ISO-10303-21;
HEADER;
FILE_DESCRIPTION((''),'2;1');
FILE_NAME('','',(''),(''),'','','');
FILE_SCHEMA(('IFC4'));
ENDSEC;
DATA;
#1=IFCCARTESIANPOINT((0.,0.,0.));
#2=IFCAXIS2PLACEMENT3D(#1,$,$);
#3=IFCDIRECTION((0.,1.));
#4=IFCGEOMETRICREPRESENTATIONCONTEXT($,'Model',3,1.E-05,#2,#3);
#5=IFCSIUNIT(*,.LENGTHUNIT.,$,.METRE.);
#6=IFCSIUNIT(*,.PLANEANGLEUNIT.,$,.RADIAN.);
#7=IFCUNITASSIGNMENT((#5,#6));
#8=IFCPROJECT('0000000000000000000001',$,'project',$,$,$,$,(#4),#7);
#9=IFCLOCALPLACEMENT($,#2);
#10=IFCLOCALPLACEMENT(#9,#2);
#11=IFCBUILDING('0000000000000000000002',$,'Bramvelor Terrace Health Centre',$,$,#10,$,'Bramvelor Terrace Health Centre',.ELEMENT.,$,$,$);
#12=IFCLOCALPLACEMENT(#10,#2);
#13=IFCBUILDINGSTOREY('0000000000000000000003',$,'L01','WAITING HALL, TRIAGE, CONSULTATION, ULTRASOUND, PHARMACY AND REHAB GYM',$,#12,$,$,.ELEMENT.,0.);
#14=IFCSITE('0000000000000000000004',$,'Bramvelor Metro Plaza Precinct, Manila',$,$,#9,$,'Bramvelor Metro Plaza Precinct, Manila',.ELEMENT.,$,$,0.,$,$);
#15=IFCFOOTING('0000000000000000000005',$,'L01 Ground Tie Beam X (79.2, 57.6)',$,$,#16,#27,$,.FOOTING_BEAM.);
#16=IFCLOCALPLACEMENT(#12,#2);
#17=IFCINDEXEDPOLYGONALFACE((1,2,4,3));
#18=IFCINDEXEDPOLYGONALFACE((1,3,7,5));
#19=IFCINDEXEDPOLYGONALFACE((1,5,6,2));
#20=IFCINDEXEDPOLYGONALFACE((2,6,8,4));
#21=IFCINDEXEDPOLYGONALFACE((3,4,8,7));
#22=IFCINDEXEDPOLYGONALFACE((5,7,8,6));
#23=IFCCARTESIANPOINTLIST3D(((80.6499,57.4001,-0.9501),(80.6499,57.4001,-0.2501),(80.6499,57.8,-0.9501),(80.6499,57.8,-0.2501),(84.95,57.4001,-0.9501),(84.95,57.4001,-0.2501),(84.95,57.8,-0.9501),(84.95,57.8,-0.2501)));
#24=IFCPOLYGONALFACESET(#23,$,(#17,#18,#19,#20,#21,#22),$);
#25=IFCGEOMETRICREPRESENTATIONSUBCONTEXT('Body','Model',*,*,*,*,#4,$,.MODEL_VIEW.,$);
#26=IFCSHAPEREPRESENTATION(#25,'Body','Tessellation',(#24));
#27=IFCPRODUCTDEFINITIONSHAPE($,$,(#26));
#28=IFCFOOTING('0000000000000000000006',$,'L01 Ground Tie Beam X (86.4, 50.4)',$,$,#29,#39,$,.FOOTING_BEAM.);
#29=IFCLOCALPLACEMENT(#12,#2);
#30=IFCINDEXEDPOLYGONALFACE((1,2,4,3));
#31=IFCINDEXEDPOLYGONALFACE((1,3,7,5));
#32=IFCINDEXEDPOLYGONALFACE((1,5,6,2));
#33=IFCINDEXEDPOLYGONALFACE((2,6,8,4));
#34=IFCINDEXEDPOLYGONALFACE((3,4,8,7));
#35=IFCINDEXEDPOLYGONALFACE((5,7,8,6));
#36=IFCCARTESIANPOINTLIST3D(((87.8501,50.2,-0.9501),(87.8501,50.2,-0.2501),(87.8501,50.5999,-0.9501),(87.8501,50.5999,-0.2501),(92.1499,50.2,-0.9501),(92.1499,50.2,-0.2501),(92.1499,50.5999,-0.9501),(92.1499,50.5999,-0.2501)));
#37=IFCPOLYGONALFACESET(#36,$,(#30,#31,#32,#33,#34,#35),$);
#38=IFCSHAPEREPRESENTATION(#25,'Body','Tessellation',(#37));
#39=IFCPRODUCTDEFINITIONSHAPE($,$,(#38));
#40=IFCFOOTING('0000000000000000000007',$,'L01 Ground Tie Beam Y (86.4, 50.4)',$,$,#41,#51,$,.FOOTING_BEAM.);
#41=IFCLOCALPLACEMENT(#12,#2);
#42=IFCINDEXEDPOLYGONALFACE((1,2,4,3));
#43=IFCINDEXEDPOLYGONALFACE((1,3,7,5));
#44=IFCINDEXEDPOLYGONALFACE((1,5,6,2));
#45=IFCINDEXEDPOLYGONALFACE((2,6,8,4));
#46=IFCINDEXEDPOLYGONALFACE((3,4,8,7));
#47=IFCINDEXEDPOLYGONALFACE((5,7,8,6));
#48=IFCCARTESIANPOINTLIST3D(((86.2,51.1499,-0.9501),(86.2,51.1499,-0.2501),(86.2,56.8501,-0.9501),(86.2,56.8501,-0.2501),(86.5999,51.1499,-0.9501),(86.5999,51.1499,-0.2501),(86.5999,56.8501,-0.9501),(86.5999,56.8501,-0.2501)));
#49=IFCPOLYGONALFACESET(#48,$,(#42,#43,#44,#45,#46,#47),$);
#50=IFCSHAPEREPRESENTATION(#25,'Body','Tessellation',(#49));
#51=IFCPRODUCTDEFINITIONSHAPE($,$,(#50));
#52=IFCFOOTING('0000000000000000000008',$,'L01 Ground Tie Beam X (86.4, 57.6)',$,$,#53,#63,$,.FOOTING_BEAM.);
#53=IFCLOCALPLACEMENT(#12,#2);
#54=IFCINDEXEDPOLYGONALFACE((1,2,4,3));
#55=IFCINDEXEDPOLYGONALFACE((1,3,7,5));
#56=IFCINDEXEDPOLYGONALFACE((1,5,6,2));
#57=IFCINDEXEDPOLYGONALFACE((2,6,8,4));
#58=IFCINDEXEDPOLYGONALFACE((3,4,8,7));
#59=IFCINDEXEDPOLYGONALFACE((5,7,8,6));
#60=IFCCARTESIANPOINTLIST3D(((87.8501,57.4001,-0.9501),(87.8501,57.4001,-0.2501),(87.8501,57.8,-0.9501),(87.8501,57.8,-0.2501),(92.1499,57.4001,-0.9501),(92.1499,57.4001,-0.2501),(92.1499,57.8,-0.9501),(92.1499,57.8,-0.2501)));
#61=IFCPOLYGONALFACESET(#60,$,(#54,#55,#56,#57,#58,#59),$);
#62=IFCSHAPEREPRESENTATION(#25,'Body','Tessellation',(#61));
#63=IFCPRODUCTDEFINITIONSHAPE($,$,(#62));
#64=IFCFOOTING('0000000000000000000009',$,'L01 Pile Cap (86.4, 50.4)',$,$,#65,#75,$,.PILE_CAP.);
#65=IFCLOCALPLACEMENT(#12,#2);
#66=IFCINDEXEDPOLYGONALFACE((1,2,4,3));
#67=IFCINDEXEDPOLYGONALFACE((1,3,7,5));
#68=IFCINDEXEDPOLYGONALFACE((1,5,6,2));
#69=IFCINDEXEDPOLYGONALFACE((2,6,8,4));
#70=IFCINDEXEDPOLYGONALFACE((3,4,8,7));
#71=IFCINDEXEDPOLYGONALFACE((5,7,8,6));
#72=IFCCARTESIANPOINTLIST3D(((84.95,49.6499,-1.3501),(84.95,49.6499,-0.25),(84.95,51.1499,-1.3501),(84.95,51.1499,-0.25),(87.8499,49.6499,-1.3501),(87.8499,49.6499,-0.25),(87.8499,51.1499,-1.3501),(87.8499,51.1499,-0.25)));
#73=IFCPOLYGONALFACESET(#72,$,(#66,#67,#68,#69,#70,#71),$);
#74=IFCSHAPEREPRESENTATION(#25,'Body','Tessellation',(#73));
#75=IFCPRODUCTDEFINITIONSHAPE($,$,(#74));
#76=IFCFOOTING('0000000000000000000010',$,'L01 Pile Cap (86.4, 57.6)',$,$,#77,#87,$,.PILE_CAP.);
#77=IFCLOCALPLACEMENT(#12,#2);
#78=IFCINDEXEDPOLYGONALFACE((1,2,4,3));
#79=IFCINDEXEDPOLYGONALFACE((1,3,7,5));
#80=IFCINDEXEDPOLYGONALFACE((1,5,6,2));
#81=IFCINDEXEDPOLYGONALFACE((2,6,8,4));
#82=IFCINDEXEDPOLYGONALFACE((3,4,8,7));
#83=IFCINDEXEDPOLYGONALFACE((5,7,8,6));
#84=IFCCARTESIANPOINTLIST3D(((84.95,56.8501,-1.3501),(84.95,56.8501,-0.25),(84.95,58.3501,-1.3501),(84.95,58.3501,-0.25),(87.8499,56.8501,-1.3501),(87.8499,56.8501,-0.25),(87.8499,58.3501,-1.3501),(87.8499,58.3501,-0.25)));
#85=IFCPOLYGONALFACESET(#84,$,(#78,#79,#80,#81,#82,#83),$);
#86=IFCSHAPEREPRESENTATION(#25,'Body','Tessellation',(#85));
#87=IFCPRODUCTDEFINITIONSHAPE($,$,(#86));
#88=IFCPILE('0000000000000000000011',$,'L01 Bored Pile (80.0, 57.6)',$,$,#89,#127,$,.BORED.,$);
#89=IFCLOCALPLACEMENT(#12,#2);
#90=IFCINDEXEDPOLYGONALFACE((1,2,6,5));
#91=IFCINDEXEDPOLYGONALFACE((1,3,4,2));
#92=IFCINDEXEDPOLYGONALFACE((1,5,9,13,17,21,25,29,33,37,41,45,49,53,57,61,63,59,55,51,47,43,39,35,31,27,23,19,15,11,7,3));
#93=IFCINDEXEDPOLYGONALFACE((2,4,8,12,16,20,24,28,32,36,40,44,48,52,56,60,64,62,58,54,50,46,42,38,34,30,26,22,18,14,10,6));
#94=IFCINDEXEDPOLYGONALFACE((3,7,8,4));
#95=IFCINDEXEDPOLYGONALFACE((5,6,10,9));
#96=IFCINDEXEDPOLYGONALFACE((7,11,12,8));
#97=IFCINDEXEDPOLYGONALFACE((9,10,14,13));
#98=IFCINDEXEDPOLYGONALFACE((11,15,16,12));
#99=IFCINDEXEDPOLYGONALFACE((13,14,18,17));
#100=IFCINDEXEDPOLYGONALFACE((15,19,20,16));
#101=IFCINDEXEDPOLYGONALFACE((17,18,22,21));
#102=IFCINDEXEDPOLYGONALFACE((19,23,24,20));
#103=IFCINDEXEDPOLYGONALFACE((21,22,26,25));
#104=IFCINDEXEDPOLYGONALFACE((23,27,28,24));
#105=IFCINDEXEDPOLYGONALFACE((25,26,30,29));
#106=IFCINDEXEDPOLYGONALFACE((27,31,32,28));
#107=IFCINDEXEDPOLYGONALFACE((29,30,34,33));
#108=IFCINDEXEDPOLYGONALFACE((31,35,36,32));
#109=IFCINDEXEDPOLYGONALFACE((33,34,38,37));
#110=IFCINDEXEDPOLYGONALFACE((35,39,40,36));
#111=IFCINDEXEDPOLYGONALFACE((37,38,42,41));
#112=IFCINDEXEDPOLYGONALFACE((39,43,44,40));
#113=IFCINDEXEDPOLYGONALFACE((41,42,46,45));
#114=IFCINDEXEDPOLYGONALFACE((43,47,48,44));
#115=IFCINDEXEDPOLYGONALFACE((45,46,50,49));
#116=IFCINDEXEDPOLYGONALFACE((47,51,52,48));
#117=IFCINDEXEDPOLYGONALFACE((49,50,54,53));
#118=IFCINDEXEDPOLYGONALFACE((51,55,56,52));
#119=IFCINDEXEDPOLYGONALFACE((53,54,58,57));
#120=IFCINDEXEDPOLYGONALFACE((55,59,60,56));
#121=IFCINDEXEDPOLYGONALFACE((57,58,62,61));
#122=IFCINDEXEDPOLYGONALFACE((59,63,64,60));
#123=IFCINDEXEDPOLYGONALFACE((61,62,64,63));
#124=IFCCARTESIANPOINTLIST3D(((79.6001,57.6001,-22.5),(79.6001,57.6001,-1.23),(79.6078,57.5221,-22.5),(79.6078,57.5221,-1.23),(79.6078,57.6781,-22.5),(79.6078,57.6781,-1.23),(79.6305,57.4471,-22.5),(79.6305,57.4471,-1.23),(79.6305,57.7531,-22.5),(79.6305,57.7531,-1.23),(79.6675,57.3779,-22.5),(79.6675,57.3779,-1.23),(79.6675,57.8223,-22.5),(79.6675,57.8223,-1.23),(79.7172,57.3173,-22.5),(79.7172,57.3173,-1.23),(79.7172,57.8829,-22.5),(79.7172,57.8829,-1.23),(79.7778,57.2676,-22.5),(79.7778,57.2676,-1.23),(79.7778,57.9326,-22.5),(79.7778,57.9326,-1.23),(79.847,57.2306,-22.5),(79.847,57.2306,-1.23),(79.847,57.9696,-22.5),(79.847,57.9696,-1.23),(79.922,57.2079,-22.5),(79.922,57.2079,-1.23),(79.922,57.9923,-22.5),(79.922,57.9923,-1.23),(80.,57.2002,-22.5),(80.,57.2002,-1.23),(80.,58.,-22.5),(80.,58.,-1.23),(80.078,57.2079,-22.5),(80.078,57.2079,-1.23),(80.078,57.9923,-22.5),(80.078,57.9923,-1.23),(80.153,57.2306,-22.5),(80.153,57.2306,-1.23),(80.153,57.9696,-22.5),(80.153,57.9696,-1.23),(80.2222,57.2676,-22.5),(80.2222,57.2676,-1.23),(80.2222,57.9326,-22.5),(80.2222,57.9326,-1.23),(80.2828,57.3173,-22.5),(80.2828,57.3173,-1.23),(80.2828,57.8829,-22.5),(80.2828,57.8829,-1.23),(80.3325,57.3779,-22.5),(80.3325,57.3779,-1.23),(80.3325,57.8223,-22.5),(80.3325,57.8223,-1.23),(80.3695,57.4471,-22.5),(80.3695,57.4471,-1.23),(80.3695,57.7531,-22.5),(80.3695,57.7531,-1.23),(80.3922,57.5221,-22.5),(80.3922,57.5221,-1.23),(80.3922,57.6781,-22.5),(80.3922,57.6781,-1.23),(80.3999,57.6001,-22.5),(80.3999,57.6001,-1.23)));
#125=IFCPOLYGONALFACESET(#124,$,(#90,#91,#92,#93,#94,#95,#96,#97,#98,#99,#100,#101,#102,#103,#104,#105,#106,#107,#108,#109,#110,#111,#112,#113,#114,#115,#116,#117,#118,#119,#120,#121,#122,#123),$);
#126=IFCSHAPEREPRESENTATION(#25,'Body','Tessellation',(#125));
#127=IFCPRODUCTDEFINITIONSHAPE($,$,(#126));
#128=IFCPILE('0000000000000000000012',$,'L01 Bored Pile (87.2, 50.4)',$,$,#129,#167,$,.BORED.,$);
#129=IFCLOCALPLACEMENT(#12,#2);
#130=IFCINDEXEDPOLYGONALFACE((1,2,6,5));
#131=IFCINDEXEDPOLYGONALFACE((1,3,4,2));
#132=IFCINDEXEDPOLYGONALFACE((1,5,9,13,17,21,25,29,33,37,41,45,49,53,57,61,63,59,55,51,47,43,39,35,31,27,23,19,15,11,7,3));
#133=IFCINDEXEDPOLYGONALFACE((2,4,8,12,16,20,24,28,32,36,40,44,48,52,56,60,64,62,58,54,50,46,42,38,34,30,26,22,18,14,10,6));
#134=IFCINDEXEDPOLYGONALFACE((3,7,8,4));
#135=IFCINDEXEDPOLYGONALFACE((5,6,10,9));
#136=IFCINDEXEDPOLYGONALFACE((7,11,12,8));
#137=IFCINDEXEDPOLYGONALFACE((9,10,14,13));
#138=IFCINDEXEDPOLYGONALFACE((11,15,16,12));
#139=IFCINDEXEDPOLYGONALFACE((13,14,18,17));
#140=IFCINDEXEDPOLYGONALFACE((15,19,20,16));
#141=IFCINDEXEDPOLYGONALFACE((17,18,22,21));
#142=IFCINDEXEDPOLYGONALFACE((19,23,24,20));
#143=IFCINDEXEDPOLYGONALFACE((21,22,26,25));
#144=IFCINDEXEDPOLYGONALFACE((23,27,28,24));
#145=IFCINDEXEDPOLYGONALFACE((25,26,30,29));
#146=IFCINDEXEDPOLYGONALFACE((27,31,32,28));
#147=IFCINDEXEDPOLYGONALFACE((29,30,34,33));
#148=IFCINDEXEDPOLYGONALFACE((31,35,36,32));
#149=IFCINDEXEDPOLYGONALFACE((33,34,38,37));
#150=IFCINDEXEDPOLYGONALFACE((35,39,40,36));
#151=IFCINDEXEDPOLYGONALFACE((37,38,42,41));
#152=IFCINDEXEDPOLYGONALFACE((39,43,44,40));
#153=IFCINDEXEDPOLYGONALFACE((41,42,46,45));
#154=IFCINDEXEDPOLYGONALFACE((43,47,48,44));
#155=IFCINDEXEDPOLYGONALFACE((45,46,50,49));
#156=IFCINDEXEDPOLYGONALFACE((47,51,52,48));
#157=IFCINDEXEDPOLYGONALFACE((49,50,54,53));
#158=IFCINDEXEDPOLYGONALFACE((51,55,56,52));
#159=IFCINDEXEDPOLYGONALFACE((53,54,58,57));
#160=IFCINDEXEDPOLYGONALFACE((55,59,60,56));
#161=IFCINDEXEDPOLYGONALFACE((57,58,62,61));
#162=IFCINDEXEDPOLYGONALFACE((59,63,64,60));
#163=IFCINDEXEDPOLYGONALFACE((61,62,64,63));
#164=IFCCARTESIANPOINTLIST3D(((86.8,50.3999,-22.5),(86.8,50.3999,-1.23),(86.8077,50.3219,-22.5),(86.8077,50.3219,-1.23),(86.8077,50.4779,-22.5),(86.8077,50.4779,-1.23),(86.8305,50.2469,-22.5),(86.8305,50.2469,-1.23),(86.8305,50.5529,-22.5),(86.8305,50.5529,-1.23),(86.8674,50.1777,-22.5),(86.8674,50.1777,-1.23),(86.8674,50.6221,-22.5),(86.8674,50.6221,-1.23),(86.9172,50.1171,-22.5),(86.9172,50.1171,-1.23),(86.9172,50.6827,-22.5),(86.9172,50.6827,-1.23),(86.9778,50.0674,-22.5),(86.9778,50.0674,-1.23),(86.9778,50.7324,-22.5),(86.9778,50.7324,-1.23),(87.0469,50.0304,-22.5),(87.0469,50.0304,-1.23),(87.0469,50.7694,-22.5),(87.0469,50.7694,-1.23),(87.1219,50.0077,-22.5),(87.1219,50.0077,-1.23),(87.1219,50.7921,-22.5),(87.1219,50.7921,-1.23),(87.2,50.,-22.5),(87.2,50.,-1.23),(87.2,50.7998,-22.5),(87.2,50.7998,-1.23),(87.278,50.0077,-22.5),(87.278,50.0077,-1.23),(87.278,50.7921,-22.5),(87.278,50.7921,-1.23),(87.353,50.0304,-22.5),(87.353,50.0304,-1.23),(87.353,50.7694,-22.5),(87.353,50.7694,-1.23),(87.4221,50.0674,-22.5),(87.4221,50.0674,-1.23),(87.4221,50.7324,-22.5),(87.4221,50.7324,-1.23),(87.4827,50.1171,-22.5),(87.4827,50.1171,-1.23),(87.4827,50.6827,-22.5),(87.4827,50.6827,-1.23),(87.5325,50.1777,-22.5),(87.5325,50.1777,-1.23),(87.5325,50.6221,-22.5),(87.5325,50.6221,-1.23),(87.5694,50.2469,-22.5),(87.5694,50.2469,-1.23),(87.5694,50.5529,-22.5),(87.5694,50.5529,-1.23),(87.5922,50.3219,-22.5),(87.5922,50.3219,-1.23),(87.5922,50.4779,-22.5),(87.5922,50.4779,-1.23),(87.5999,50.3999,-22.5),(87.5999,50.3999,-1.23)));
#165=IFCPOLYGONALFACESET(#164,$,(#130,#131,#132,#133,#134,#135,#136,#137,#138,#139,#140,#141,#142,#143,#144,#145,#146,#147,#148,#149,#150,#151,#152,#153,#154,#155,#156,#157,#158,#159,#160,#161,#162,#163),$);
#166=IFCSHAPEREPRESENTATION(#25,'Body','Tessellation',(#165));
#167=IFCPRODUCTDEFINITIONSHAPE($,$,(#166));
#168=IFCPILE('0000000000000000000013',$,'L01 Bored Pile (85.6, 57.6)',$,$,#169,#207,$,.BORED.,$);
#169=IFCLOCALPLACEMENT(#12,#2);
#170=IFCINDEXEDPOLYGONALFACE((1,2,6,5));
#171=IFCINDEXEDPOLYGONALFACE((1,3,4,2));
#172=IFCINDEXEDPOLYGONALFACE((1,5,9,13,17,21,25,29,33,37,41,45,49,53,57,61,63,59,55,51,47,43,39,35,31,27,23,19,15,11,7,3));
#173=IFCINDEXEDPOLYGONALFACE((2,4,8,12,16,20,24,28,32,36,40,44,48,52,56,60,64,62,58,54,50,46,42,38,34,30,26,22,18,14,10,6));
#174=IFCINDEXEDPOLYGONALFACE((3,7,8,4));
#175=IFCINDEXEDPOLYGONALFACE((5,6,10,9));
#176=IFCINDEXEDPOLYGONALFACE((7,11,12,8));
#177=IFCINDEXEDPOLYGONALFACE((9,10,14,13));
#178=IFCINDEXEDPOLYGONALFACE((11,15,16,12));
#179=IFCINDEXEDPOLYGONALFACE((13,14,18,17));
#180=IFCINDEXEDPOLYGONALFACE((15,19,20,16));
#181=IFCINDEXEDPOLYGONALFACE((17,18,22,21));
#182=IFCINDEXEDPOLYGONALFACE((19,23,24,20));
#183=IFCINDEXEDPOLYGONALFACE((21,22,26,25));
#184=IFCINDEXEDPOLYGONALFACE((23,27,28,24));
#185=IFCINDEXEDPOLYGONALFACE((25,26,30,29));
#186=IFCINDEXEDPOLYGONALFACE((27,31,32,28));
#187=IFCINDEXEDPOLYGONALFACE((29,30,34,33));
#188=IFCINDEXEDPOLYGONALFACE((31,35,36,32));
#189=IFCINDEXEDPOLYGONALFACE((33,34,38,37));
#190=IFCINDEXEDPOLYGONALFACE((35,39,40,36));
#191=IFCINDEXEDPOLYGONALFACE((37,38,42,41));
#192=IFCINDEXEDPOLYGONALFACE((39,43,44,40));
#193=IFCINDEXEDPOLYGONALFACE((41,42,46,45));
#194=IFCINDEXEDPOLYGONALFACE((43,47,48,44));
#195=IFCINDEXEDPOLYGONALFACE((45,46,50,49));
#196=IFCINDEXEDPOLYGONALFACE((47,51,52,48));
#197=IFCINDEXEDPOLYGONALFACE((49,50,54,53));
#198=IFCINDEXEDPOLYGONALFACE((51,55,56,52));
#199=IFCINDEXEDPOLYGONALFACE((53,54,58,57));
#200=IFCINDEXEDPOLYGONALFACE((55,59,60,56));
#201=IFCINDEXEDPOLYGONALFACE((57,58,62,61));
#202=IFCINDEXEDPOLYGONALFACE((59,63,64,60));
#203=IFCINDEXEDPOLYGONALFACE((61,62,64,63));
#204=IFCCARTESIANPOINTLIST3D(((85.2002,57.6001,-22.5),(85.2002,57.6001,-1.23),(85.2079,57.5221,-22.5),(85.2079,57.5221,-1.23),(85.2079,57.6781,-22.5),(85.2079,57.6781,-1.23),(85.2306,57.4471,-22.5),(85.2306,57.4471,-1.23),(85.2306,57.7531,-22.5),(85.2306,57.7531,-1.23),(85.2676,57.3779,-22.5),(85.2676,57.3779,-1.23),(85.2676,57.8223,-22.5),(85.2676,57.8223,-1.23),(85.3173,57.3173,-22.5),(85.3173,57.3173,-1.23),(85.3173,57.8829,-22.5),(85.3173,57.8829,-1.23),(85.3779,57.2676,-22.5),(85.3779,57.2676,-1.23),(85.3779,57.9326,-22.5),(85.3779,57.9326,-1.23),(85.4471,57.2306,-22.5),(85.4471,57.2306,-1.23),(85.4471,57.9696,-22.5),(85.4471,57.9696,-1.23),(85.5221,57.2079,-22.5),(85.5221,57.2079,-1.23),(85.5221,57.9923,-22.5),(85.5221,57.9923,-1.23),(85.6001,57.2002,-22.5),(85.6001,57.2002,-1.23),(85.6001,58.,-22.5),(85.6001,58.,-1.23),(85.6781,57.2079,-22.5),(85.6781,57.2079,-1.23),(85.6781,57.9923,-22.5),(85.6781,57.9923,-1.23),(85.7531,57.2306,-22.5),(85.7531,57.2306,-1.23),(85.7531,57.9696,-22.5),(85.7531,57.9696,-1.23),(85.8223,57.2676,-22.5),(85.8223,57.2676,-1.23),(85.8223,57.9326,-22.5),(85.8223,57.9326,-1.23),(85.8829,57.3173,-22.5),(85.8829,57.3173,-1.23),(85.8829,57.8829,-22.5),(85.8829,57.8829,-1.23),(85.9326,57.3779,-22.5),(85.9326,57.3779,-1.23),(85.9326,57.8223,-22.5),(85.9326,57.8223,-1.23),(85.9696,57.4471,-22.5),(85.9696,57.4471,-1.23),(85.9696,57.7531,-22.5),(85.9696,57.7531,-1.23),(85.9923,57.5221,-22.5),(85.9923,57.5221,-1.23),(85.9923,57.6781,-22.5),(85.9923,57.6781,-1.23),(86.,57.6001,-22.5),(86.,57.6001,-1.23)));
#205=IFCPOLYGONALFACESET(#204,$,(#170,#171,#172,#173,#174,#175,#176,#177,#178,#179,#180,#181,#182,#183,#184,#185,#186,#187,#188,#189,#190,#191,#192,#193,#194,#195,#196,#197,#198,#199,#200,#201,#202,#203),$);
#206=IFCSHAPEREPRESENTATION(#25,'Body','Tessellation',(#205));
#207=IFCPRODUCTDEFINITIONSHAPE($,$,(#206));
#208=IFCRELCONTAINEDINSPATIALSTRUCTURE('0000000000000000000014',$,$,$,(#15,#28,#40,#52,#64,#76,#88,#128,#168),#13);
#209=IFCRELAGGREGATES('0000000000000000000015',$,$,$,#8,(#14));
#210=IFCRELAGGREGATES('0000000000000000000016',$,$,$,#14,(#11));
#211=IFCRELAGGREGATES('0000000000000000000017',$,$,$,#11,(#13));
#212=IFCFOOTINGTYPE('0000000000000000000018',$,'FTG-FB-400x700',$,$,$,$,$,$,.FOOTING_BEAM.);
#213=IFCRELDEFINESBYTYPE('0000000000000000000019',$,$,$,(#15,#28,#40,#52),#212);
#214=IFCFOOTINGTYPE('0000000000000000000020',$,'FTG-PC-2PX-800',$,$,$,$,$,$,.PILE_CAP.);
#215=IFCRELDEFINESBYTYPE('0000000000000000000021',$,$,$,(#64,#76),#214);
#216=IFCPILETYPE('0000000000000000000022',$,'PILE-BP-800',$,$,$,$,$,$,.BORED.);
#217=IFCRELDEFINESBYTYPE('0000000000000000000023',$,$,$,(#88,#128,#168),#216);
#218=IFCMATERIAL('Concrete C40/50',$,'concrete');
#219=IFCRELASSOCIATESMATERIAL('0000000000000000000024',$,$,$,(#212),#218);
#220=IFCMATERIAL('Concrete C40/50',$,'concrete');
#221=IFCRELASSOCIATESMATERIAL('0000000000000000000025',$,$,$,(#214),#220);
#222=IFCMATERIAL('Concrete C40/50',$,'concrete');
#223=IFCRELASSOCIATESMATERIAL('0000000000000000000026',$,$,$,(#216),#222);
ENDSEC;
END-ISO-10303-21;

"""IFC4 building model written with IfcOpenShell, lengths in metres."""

from ifc_helpers import new_model, si_unit, direction, frame, origin, origin_2d, place, context, subcontext, project, spatial, rectangle, circle, extrude, material, material_profile, profile_set, type_object, element, save


model = new_model("IFC4")

# Units and contexts
model_context = context("Model", 3, precision=1e-05, world=origin(), true_north=direction((0.0, 1.0)))
body_context = subcontext(model_context, "Body", "Model", "MODEL_VIEW")
ifc_project = project(units=[si_unit("LENGTHUNIT", "METRE"), si_unit("PLANEANGLEUNIT", "RADIAN")], contexts=[model_context])

# Site, building, storey
site_placement = place(None, origin())
site = spatial("IfcSite", under=ifc_project, at=site_placement, Name="Bramvelor Metro Plaza Precinct, Manila", LongName="Bramvelor Metro Plaza Precinct, Manila", CompositionType="ELEMENT", RefElevation=0.0)
building_placement = place(site_placement, origin())
building = spatial("IfcBuilding", under=site, at=building_placement, Name="Bramvelor Terrace Health Centre", LongName="Bramvelor Terrace Health Centre", CompositionType="ELEMENT")
storey_placement = place(building_placement, origin())
storey = spatial("IfcBuildingStorey", under=building, at=storey_placement, Name="L01", Description="WAITING HALL, TRIAGE, CONSULTATION, ULTRASOUND, PHARMACY AND REHAB GYM", CompositionType="ELEMENT", Elevation=0.0)

# Footings
ifc_material_1 = material(Name="Concrete C40/50", Category="concrete")
ifc_material_profile_1 = material_profile(ifc_material_1, rectangle(XDim=0.3999, YDim=0.7, at=origin_2d()), Name="RC 400x700")
ifc_profile_set_1 = profile_set([ifc_material_profile_1], Name="Concrete C40/50")
footing_type_1 = type_object("IfcFootingType", Name="FTG-FB-400x700", PredefinedType="FOOTING_BEAM", material=ifc_profile_set_1)
footing_1_placement = place(storey_placement, frame((80.6499, 57.6001, -0.6001), z_axis=(1.0, 0.0, 0.0), x_axis=(0.0, 1.0, 0.0)))
element("IfcFooting", 1, at=footing_1_placement, inside=storey, type_object=footing_type_1, Name="L01 Ground Tie Beam X (79.2, 57.6)", PredefinedType="FOOTING_BEAM", context=body_context, shape_type="SweptSolid", body=[
    extrude(rectangle(XDim=0.3999, YDim=0.7, at=origin_2d()), origin(), (0.0, 0.0, 1.0), 4.3),
])
footing_2_placement = place(storey_placement, frame((87.8501, 50.3999, -0.6001), z_axis=(1.0, 0.0, 0.0), x_axis=(0.0, 1.0, 0.0)))
element("IfcFooting", 2, at=footing_2_placement, inside=storey, type_object=footing_type_1, Name="L01 Ground Tie Beam X (86.4, 50.4)", PredefinedType="FOOTING_BEAM", context=body_context, shape_type="SweptSolid", body=[
    extrude(rectangle(XDim=0.3999, YDim=0.7, at=origin_2d()), origin(), (0.0, 0.0, 1.0), 4.2998),
])
footing_3_placement = place(storey_placement, frame((86.3999, 51.1499, -0.6001), z_axis=(0.0, 1.0, 0.0), x_axis=(-1.0, 0.0, 0.0)))
element("IfcFooting", 3, at=footing_3_placement, inside=storey, type_object=footing_type_1, Name="L01 Ground Tie Beam Y (86.4, 50.4)", PredefinedType="FOOTING_BEAM", context=body_context, shape_type="SweptSolid", body=[
    extrude(rectangle(XDim=0.3999, YDim=0.7, at=origin_2d()), origin(), (0.0, 0.0, 1.0), 5.7002),
])
footing_4_placement = place(storey_placement, frame((87.8501, 57.6001, -0.6001), z_axis=(1.0, 0.0, 0.0), x_axis=(0.0, 1.0, 0.0)))
element("IfcFooting", 4, at=footing_4_placement, inside=storey, type_object=footing_type_1, Name="L01 Ground Tie Beam X (86.4, 57.6)", PredefinedType="FOOTING_BEAM", context=body_context, shape_type="SweptSolid", body=[
    extrude(rectangle(XDim=0.3999, YDim=0.7, at=origin_2d()), origin(), (0.0, 0.0, 1.0), 4.2998),
])
ifc_material_2 = material(Name="Concrete C40/50", Category="concrete")
footing_type_2 = type_object("IfcFootingType", Name="FTG-PC-2PX-800", PredefinedType="PILE_CAP", material=ifc_material_2)
for number, where, z_axis, x_axis, name in (
    (5, (86.3999, 50.3999, -1.3501), (0.0, 0.0, 1.0), (1.0, 0.0, 0.0), "L01 Pile Cap (86.4, 50.4)"),
    (6, (86.3999, 57.6001, -1.3501), (0.0, 0.0, 1.0), (1.0, 0.0, 0.0), "L01 Pile Cap (86.4, 57.6)"),
):
    element("IfcFooting", number, at=place(storey_placement, frame(where, z_axis=z_axis, x_axis=x_axis)), inside=storey, type_object=footing_type_2, Name=name, PredefinedType="PILE_CAP", context=body_context, shape_type="SweptSolid", body=[
        extrude(rectangle(XDim=2.8999, YDim=1.5, at=origin_2d()), origin(), (0.0, 0.0, 1.0), 1.1001),
    ])

# Piles
ifc_material_3 = material(Name="Concrete C40/50", Category="concrete")
ifc_material_profile_2 = material_profile(ifc_material_3, circle(Radius=0.3999, at=origin_2d()), Name="BP D800")
ifc_profile_set_2 = profile_set([ifc_material_profile_2], Name="Concrete C40/50")
pile_type = type_object("IfcPileType", Name="PILE-BP-800", PredefinedType="BORED", material=ifc_profile_set_2)
for number, where, z_axis, x_axis, name in (
    (7, (80.0, 57.6001, -1.23), (0.0, 0.0, -1.0), (1.0, 0.0, 0.0), "L01 Bored Pile (80.0, 57.6)"),
    (8, (87.2, 50.3999, -1.23), (0.0, 0.0, -1.0), (1.0, 0.0, 0.0), "L01 Bored Pile (87.2, 50.4)"),
    (9, (85.6001, 57.6001, -1.23), (0.0, 0.0, -1.0), (1.0, 0.0, 0.0), "L01 Bored Pile (85.6, 57.6)"),
):
    element("IfcPile", number, at=place(storey_placement, frame(where, z_axis=z_axis, x_axis=x_axis)), inside=storey, type_object=pile_type, Name=name, PredefinedType="BORED", context=body_context, shape_type="SweptSolid", body=[
        extrude(circle(Radius=0.3999, at=origin_2d()), origin(), (0.0, 0.0, 1.0), 21.27),
    ])

save(model, "model.ifc")
